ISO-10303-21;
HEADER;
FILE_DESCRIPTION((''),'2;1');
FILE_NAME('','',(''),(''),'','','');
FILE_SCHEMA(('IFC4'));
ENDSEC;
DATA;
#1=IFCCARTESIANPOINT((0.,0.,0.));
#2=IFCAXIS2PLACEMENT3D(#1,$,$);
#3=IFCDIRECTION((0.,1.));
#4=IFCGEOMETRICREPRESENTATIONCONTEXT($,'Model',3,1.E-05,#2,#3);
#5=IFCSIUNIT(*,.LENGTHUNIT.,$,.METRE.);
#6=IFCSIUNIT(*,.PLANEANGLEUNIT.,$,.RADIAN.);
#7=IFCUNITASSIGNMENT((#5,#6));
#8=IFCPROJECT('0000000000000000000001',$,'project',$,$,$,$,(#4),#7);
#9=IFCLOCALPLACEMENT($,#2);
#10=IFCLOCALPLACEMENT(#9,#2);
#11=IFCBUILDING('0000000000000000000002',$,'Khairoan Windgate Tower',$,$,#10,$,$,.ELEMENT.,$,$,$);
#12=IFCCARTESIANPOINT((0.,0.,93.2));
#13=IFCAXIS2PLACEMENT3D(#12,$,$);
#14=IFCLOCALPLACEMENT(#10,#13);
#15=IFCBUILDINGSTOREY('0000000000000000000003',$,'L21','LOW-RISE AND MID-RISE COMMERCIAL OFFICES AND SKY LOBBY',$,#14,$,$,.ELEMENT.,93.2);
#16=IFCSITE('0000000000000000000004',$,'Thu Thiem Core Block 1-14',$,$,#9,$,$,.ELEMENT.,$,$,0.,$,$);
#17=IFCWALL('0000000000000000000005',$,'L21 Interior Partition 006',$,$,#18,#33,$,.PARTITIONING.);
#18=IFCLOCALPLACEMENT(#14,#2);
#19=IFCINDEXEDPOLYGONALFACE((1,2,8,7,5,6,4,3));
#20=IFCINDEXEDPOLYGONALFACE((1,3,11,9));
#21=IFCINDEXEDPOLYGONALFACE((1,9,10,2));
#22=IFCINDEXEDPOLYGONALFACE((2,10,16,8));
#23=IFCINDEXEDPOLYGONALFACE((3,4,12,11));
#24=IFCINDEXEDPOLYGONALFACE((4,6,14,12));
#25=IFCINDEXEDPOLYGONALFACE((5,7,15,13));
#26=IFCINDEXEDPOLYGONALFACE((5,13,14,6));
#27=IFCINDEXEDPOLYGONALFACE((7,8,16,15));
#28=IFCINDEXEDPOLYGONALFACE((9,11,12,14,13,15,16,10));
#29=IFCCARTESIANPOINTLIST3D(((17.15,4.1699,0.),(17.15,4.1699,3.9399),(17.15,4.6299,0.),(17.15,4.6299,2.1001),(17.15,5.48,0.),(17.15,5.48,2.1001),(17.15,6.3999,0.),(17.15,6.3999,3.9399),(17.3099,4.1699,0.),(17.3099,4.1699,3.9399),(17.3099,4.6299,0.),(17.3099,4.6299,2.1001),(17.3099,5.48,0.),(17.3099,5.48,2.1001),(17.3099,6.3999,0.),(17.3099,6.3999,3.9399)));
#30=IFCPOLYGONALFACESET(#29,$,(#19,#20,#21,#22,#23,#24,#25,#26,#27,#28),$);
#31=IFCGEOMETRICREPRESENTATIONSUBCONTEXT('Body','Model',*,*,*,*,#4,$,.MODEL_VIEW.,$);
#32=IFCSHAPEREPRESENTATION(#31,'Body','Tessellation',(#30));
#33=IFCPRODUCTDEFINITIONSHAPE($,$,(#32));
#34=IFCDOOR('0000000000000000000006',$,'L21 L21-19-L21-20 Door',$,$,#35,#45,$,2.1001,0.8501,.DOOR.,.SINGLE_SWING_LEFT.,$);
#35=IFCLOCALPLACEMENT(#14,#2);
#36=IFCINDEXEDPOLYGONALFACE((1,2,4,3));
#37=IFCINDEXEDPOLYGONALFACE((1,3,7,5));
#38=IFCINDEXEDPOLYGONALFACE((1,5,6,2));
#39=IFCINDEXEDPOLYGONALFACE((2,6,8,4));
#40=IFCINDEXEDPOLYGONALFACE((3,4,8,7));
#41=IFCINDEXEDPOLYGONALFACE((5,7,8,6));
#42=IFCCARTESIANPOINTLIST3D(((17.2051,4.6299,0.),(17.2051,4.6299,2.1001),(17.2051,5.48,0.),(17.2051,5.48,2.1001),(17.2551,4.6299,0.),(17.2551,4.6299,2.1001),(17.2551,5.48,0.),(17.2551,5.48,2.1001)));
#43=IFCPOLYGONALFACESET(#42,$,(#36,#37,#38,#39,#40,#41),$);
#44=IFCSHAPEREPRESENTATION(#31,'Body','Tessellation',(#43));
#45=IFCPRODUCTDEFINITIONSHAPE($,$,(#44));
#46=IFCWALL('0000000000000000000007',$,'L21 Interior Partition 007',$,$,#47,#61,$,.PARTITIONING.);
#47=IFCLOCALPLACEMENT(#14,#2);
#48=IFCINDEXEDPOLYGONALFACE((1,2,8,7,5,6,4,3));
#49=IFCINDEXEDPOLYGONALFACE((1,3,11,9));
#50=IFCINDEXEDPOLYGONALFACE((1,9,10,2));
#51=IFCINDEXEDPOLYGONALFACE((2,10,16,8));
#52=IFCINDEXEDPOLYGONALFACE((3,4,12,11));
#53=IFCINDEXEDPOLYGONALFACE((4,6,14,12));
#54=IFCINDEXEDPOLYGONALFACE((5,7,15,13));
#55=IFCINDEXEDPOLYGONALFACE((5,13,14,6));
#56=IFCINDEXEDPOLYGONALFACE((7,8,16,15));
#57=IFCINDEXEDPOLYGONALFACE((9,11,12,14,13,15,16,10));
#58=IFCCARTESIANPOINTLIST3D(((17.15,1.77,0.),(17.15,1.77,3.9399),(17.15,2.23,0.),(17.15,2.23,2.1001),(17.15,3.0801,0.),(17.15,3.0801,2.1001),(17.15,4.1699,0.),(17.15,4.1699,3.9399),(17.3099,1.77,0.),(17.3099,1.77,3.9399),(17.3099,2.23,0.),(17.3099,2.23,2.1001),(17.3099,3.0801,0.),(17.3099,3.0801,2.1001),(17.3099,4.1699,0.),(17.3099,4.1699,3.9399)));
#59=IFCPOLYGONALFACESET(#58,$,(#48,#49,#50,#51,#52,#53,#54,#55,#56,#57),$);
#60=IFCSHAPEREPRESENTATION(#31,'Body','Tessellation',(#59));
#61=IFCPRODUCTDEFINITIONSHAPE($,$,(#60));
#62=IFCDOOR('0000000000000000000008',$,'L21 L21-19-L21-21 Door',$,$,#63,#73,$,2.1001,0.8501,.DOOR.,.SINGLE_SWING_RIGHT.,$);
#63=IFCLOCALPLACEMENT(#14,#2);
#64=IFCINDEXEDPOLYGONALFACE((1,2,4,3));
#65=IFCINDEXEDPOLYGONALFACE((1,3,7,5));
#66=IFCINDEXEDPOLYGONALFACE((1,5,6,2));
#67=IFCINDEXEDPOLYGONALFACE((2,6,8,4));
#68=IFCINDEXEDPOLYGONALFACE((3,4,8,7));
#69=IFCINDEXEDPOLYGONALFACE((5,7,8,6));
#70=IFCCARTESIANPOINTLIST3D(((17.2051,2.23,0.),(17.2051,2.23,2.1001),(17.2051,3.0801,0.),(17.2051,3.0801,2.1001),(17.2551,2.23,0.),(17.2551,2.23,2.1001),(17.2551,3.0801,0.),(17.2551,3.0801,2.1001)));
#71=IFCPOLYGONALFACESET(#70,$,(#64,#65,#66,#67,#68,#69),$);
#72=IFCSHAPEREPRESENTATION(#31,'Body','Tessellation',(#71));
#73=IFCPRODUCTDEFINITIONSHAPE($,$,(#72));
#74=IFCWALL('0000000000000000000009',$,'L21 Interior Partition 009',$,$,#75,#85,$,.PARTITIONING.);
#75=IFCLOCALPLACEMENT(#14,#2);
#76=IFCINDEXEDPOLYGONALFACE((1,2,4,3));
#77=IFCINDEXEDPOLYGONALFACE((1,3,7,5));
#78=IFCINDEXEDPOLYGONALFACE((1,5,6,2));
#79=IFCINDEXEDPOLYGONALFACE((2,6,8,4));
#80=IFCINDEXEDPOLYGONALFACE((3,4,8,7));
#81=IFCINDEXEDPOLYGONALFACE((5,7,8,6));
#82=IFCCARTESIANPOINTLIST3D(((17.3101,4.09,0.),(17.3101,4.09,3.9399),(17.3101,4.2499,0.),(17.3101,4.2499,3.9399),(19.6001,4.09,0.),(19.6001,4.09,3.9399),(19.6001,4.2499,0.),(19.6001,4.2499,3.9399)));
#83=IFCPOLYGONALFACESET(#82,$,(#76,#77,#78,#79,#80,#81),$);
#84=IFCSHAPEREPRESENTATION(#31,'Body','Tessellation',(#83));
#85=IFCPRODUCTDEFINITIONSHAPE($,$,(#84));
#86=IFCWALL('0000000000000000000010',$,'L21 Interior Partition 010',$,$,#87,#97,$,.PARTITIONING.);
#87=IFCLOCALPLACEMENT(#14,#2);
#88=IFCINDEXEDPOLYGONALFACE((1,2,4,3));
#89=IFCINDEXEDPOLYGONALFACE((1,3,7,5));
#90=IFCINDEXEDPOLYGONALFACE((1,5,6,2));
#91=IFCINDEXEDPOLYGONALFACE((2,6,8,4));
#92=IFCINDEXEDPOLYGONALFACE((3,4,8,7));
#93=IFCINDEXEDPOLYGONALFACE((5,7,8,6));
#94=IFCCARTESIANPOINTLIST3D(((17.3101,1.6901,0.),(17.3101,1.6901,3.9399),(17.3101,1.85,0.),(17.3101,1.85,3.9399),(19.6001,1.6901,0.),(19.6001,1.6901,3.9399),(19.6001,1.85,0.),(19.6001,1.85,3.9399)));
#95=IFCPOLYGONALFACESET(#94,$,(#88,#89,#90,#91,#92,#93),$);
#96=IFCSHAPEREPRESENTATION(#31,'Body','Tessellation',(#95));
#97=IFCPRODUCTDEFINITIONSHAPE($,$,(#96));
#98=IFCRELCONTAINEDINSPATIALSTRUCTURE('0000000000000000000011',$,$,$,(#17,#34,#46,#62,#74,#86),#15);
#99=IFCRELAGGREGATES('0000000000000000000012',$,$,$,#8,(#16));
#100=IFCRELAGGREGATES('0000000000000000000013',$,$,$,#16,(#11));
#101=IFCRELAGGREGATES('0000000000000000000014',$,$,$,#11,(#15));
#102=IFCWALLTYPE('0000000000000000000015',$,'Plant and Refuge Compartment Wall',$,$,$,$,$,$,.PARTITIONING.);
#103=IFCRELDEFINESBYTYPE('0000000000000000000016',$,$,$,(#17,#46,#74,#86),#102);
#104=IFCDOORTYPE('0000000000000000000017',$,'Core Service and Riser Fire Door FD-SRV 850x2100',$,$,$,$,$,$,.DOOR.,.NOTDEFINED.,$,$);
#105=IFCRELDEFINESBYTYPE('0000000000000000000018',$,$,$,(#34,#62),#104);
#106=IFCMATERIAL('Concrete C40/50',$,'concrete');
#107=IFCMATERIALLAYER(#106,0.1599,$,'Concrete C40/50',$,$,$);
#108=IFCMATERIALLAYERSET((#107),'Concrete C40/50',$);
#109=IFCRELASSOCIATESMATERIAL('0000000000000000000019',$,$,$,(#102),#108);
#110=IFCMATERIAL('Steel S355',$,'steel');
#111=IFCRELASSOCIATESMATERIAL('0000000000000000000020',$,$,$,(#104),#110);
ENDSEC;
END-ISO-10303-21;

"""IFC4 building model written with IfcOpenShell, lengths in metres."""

from ifc_helpers import new_model, si_unit, direction, frame, frame_2d, origin, place, context, subcontext, project, spatial, rectangle, extrude, material, layer, layer_set, type_object, element, fill, save


model = new_model("IFC4")

# Units and contexts
model_context = context("Model", 3, precision=1e-05, world=origin(), true_north=direction((0.0, 1.0)))
body_context = subcontext(model_context, "Body", "Model", "MODEL_VIEW")
ifc_project = project(units=[si_unit("LENGTHUNIT", "METRE"), si_unit("PLANEANGLEUNIT", "RADIAN")], contexts=[model_context])

# Site, building, storey
site_placement = place(None, origin())
site = spatial("IfcSite", under=ifc_project, at=site_placement, Name="Thu Thiem Core Block 1-14", CompositionType="ELEMENT", RefElevation=0.0)
building_placement = place(site_placement, origin())
building = spatial("IfcBuilding", under=site, at=building_placement, Name="Khairoan Windgate Tower", CompositionType="ELEMENT")
storey_placement = place(building_placement, frame((0.0, 0.0, 93.2)))
storey = spatial("IfcBuildingStorey", under=building, at=storey_placement, Name="L21", Description="LOW-RISE AND MID-RISE COMMERCIAL OFFICES AND SKY LOBBY", CompositionType="ELEMENT", Elevation=93.2)

# Walls, openings, doors
ifc_material_1 = material(Name="Concrete C40/50", Category="concrete")
ifc_layer_1 = layer(ifc_material_1, 0.1599, Name="Concrete C40/50")
ifc_layer_set_1 = layer_set([ifc_layer_1], Name="Concrete C40/50")
wall_type_1 = type_object("IfcWallType", Name="Plant and Refuge Compartment Wall", PredefinedType="PARTITIONING", material=ifc_layer_set_1)
wall_1_placement = place(storey_placement, frame((17.23, 4.1699, 0.0), z_axis=(0.0, 0.0, 1.0), x_axis=(0.0, 1.0, 0.0)))
wall_1 = element("IfcWall", 1, at=wall_1_placement, inside=storey, type_object=wall_type_1, Name="L21 Interior Partition 006", PredefinedType="PARTITIONING", context=body_context, shape_type="SweptSolid", body=[
    extrude(rectangle(XDim=2.23, YDim=0.1599, at=frame_2d((1.115, 0.0))), origin(), (0.0, 0.0, 1.0), 3.9399),
])
opening_1_placement = place(wall_1_placement, frame((0.46, 0.0, 0.0)))
opening_1 = element("IfcOpeningElement", 2, at=opening_1_placement, cuts=wall_1, PredefinedType="OPENING", context=body_context, shape_type="SweptSolid", body=[
    extrude(rectangle(XDim=0.8501, YDim=2.1001, at=frame_2d((0.425, 1.05))), frame((0.0, 0.0898, 0.0), z_axis=(0.0, -1.0, 0.0), x_axis=(1.0, 0.0, 0.0)), (0.0, 0.0, 1.0), 0.1799),
])
ifc_material_2 = material(Name="Steel S355", Category="steel")
door_type = type_object("IfcDoorType", Name="Core Service and Riser Fire Door FD-SRV 850x2100", OperationType="NOTDEFINED", PredefinedType="DOOR", material=ifc_material_2)
door_1_placement = place(opening_1_placement, origin())
door_1 = element("IfcDoor", 3, at=door_1_placement, inside=storey, type_object=door_type, Name="L21 L21-19-L21-20 Door", OperationType="SINGLE_SWING_LEFT", OverallHeight=2.1001, OverallWidth=0.8501, PredefinedType="DOOR", context=body_context, shape_type="SweptSolid", body=[
    extrude(rectangle(XDim=0.8501, YDim=2.1001, at=frame_2d((0.425, 1.05))), frame((0.0, 0.0249, 0.0), z_axis=(0.0, -1.0, 0.0), x_axis=(1.0, 0.0, 0.0)), (0.0, 0.0, 1.0), 0.05),
])
fill(opening_1, door_1)
wall_2_placement = place(storey_placement, frame((17.23, 1.77, 0.0), z_axis=(0.0, 0.0, 1.0), x_axis=(0.0, 1.0, 0.0)))
wall_2 = element("IfcWall", 4, at=wall_2_placement, inside=storey, type_object=wall_type_1, Name="L21 Interior Partition 007", PredefinedType="PARTITIONING", context=body_context, shape_type="SweptSolid", body=[
    extrude(rectangle(XDim=2.3999, YDim=0.1599, at=frame_2d((1.2, 0.0))), origin(), (0.0, 0.0, 1.0), 3.9399),
])
opening_2_placement = place(wall_2_placement, frame((0.46, 0.0, 0.0)))
opening_2 = element("IfcOpeningElement", 5, at=opening_2_placement, cuts=wall_2, PredefinedType="OPENING", context=body_context, shape_type="SweptSolid", body=[
    extrude(rectangle(XDim=0.8501, YDim=2.1001, at=frame_2d((0.425, 1.05))), frame((0.0, 0.0898, 0.0), z_axis=(0.0, -1.0, 0.0), x_axis=(1.0, 0.0, 0.0)), (0.0, 0.0, 1.0), 0.1799),
])
door_2_placement = place(opening_2_placement, origin())
door_2 = element("IfcDoor", 6, at=door_2_placement, inside=storey, type_object=door_type, Name="L21 L21-19-L21-21 Door", OperationType="SINGLE_SWING_RIGHT", OverallHeight=2.1001, OverallWidth=0.8501, PredefinedType="DOOR", context=body_context, shape_type="SweptSolid", body=[
    extrude(rectangle(XDim=0.8501, YDim=2.1001, at=frame_2d((0.425, 1.05))), frame((0.0, 0.0249, 0.0), z_axis=(0.0, -1.0, 0.0), x_axis=(1.0, 0.0, 0.0)), (0.0, 0.0, 1.0), 0.05),
])
fill(opening_2, door_2)

# Walls
for number, where, z_axis, x_axis, name in (
    (7, (17.3101, 4.1699, 0.0), (0.0, 0.0, 1.0), (1.0, 0.0, 0.0), "L21 Interior Partition 009"),
    (8, (17.3101, 1.77, 0.0), (0.0, 0.0, 1.0), (1.0, 0.0, 0.0), "L21 Interior Partition 010"),
):
    element("IfcWall", number, at=place(storey_placement, frame(where, z_axis=z_axis, x_axis=x_axis)), inside=storey, type_object=wall_type_1, Name=name, PredefinedType="PARTITIONING", context=body_context, shape_type="SweptSolid", body=[
        extrude(rectangle(XDim=2.29, YDim=0.1599, at=frame_2d((1.145, 0.0))), origin(), (0.0, 0.0, 1.0), 3.9399),
    ])

save(model, "model.ifc")
